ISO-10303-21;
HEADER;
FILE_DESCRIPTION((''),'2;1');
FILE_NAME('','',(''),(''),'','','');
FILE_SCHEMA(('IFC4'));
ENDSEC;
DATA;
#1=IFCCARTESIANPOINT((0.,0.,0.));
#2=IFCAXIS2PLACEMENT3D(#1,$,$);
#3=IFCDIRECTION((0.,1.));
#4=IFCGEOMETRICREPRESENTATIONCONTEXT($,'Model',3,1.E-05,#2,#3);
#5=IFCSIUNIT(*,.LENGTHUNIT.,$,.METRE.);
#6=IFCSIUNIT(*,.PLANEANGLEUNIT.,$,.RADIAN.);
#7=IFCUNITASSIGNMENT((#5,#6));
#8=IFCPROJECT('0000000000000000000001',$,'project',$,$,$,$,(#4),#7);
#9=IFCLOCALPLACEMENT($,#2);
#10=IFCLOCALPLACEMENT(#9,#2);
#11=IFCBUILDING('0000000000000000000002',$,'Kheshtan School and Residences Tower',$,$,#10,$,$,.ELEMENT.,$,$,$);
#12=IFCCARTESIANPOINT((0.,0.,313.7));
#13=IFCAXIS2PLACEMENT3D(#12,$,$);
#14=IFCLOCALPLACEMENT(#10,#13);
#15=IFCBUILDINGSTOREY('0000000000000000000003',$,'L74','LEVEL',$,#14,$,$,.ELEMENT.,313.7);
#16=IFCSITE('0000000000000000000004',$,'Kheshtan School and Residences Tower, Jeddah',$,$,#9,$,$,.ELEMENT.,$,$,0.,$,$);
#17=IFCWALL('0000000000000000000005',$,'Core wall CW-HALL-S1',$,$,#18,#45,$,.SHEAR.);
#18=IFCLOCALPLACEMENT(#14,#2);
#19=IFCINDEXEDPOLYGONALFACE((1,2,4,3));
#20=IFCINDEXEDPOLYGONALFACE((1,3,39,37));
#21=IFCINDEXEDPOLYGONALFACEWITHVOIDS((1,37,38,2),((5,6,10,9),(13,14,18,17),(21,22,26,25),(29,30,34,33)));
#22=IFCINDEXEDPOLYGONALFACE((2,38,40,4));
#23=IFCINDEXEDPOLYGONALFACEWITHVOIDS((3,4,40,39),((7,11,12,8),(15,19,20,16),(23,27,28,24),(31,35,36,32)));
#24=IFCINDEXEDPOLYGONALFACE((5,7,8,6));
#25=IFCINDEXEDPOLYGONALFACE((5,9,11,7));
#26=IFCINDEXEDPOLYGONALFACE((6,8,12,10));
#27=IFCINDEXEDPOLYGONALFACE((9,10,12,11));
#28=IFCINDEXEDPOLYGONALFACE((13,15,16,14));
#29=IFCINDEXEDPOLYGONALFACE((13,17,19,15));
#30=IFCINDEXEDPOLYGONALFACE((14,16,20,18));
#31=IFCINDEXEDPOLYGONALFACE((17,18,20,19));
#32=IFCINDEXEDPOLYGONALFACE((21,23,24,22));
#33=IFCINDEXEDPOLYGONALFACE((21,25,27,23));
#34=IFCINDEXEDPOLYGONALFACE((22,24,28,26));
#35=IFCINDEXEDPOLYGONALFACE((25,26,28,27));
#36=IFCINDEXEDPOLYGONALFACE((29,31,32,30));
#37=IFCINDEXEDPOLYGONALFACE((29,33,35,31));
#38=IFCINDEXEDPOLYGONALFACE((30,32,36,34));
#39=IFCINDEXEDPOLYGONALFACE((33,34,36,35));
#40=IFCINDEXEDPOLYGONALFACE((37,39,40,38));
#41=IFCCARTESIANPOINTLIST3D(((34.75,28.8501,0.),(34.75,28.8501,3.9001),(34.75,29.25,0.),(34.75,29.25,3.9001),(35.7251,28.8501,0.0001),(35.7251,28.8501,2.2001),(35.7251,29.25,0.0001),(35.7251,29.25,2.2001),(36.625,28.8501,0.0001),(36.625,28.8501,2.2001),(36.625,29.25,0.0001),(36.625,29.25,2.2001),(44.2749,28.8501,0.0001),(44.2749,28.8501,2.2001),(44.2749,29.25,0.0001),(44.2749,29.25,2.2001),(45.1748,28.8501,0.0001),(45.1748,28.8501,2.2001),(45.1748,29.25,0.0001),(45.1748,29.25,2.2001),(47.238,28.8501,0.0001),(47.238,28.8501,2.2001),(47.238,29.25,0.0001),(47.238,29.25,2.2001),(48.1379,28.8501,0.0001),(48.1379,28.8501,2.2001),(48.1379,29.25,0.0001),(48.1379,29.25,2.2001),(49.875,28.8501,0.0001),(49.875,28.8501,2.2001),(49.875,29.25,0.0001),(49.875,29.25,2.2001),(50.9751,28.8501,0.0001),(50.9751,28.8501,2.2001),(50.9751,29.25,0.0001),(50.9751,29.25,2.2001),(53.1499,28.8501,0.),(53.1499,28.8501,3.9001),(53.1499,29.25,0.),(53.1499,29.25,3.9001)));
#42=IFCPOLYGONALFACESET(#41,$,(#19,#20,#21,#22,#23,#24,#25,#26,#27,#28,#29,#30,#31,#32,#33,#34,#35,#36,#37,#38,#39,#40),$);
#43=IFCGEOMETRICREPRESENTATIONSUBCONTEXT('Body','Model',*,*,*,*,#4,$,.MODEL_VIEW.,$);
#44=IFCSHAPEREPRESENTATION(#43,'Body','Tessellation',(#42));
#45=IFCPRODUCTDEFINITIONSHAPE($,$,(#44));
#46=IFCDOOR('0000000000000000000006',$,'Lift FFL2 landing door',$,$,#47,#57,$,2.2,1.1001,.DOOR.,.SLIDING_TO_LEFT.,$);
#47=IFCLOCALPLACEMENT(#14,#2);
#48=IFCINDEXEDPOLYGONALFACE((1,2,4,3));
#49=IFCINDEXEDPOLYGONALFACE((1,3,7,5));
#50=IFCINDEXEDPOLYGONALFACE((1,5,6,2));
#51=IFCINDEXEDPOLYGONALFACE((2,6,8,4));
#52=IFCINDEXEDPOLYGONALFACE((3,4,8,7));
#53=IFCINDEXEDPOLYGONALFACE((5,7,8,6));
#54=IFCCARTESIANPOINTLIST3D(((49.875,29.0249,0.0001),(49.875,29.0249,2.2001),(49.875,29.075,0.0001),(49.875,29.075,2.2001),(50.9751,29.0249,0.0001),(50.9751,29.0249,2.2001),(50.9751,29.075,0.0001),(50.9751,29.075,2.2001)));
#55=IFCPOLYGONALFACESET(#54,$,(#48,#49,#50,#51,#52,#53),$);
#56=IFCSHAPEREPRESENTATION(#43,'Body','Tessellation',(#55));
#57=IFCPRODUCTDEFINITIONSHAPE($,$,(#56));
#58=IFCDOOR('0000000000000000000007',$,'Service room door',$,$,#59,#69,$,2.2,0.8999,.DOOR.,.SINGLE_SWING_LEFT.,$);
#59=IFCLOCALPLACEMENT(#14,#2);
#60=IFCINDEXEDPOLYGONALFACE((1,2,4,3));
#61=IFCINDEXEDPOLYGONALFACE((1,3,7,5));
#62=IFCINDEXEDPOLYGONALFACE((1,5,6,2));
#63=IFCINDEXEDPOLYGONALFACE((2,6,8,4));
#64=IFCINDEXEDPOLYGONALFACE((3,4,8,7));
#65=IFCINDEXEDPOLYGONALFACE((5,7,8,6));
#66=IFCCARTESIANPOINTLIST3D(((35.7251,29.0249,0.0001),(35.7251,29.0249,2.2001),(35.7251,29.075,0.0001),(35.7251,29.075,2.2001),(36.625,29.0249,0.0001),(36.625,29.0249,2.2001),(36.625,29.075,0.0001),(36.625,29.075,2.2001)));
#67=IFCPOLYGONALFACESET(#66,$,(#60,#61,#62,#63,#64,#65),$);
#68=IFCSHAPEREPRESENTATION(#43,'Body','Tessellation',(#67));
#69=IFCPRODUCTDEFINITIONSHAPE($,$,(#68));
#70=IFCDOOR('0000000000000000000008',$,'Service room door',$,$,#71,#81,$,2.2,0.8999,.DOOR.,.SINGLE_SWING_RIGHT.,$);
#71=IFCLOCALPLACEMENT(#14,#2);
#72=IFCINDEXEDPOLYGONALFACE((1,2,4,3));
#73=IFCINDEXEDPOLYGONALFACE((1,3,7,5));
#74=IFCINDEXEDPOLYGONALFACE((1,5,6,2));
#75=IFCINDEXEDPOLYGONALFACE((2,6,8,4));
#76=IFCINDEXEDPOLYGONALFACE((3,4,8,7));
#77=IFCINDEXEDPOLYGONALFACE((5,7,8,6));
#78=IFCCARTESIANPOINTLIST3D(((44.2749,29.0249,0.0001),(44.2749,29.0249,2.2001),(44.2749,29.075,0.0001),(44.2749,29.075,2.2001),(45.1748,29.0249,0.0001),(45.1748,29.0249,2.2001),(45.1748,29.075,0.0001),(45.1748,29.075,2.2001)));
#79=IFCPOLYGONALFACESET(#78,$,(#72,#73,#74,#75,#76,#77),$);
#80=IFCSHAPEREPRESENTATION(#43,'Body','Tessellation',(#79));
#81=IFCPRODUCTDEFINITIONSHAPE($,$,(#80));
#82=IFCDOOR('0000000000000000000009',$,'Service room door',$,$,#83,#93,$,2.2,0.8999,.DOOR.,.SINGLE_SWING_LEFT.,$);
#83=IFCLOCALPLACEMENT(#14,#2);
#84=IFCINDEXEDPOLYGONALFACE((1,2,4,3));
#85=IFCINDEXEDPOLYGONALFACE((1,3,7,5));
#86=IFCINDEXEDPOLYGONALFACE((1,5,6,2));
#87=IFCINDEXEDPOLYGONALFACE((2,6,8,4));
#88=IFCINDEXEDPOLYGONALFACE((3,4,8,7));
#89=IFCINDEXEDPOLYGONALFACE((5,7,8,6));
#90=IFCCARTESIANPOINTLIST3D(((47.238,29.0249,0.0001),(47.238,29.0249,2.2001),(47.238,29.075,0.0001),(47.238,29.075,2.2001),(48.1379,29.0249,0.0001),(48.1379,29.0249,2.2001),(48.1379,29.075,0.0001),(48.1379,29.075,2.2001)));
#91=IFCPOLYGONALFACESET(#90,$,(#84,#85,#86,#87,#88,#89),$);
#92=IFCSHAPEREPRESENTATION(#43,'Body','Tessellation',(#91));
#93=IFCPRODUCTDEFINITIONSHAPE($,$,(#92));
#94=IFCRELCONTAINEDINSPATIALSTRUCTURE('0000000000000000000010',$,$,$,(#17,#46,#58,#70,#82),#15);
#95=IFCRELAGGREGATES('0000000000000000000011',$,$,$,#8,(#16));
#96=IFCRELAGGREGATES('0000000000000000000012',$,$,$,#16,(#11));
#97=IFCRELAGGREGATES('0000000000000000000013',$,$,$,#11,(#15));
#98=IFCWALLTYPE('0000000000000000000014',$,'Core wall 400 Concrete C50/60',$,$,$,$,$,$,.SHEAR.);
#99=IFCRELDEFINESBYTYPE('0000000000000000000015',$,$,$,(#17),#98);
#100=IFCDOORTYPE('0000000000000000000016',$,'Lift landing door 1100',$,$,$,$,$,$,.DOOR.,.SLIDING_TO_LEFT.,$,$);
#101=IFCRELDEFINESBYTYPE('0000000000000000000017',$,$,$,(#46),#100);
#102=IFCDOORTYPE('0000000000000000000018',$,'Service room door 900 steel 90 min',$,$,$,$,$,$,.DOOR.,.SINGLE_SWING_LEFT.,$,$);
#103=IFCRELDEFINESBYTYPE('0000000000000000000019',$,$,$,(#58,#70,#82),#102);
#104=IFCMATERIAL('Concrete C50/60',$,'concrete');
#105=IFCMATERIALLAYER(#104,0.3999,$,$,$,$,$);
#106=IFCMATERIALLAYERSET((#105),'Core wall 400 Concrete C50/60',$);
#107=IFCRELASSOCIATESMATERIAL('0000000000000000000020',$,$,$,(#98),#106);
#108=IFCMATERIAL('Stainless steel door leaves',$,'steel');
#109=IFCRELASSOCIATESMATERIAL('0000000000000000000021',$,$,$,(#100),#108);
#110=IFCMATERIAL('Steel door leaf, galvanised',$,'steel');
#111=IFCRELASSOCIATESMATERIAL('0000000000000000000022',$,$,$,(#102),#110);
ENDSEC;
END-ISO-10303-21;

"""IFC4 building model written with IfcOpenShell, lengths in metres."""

from ifc_helpers import new_model, si_unit, direction, frame, frame_2d, origin, place, context, subcontext, project, spatial, rectangle, extrude, source, transform, mapped, material, layer, layer_set, type_object, element, fill, save


model = new_model("IFC4")

# Units and contexts
model_context = context("Model", 3, precision=1e-05, world=origin(), true_north=direction((0.0, 1.0)))
body_context = subcontext(model_context, "Body", "Model", "MODEL_VIEW")
ifc_project = project(units=[si_unit("LENGTHUNIT", "METRE"), si_unit("PLANEANGLEUNIT", "RADIAN")], contexts=[model_context])

# Site, building, storey
site_placement = place(None, origin())
site = spatial("IfcSite", under=ifc_project, at=site_placement, Name="Kheshtan School and Residences Tower, Jeddah", CompositionType="ELEMENT", RefElevation=0.0)
building_placement = place(site_placement, origin())
building = spatial("IfcBuilding", under=site, at=building_placement, Name="Kheshtan School and Residences Tower", CompositionType="ELEMENT")
storey_placement = place(building_placement, frame((0.0, 0.0, 313.7)))
storey = spatial("IfcBuildingStorey", under=building, at=storey_placement, Name="L74", Description="LEVEL", CompositionType="ELEMENT", Elevation=313.7)

# Wall, openings, doors
ifc_material_1 = material(Name="Concrete C50/60", Category="concrete")
ifc_layer_1 = layer(ifc_material_1, 0.3999)
ifc_layer_set_1 = layer_set([ifc_layer_1], Name="Core wall 400 Concrete C50/60")
wall_type_1 = type_object("IfcWallType", Name="Core wall 400 Concrete C50/60", PredefinedType="SHEAR", material=ifc_layer_set_1)
wall_1_placement = place(storey_placement, frame((34.75, 29.05, 0.0), z_axis=(0.0, 0.0, 1.0), x_axis=(1.0, 0.0, 0.0)))
wall_1 = element("IfcWall", 1, at=wall_1_placement, inside=storey, type_object=wall_type_1, Name="Core wall CW-HALL-S1", PredefinedType="SHEAR", context=body_context, shape_type="SweptSolid", body=[
    extrude(rectangle(XDim=18.3999, YDim=0.3999, at=frame_2d((9.2, 0.0))), origin(), (0.0, 0.0, 1.0), 3.9001),
])
opening_1_placement = place(wall_1_placement, frame((15.125, 0.0, 0.0)))
opening_1 = element("IfcOpeningElement", 2, at=opening_1_placement, cuts=wall_1, PredefinedType="OPENING", context=body_context, shape_type="SweptSolid", body=[
    extrude(rectangle(XDim=1.1001, YDim=2.2, at=frame_2d((0.55, 1.1001))), frame((0.0, 0.21, 0.0), z_axis=(0.0, -1.0, 0.0), x_axis=(1.0, 0.0, 0.0)), (0.0, 0.0, 1.0), 0.4199),
])
opening_2_placement = place(wall_1_placement, frame((0.9751, 0.0, 0.0)))
opening_2 = element("IfcOpeningElement", 3, at=opening_2_placement, cuts=wall_1, PredefinedType="OPENING", context=body_context, shape_type="SweptSolid", body=[
    extrude(rectangle(XDim=0.8999, YDim=2.2, at=frame_2d((0.45, 1.1001))), frame((0.0, 0.21, 0.0), z_axis=(0.0, -1.0, 0.0), x_axis=(1.0, 0.0, 0.0)), (0.0, 0.0, 1.0), 0.4199),
])
opening_3_placement = place(wall_1_placement, frame((9.5249, 0.0, 0.0)))
opening_3 = element("IfcOpeningElement", 4, at=opening_3_placement, cuts=wall_1, PredefinedType="OPENING", context=body_context, shape_type="SweptSolid", body=[
    extrude(rectangle(XDim=0.8999, YDim=2.2, at=frame_2d((0.45, 1.1001))), frame((0.0, 0.21, 0.0), z_axis=(0.0, -1.0, 0.0), x_axis=(1.0, 0.0, 0.0)), (0.0, 0.0, 1.0), 0.4199),
])
opening_4_placement = place(wall_1_placement, frame((12.488, 0.0, 0.0)))
opening_4 = element("IfcOpeningElement", 5, at=opening_4_placement, cuts=wall_1, PredefinedType="OPENING", context=body_context, shape_type="SweptSolid", body=[
    extrude(rectangle(XDim=0.8999, YDim=2.2, at=frame_2d((0.45, 1.1001))), frame((0.0, 0.21, 0.0), z_axis=(0.0, -1.0, 0.0), x_axis=(1.0, 0.0, 0.0)), (0.0, 0.0, 1.0), 0.4199),
])
ifc_material_2 = material(Name="Stainless steel door leaves", Category="steel")
door_type_1 = type_object("IfcDoorType", Name="Lift landing door 1100", OperationType="SLIDING_TO_LEFT", PredefinedType="DOOR", material=ifc_material_2)
shared_shape_1 = source(origin(), body_context, "Body", "SweptSolid", [
    extrude(rectangle(XDim=1.1001, YDim=2.2, at=frame_2d((0.55, 1.1001))), frame((0.0, 0.0249, 0.0), z_axis=(0.0, -1.0, 0.0), x_axis=(1.0, 0.0, 0.0)), (0.0, 0.0, 1.0), 0.05),
])
door_1_placement = place(opening_1_placement, origin())
door_1 = element("IfcDoor", 6, at=door_1_placement, inside=storey, type_object=door_type_1, Name="Lift FFL2 landing door", OperationType="SLIDING_TO_LEFT", OverallHeight=2.2, OverallWidth=1.1001, PredefinedType="DOOR", context=body_context, shape_type="MappedRepresentation", body=[
    mapped(shared_shape_1, transform((0.0, 0.0, 0.0), x_axis=(1.0, 0.0, 0.0), y_axis=(0.0, 1.0, 0.0), z_axis=(0.0, 0.0, 1.0), scale=1.0)),
])
fill(opening_1, door_1)
ifc_material_3 = material(Name="Steel door leaf, galvanised", Category="steel")
door_type_2 = type_object("IfcDoorType", Name="Service room door 900 steel 90 min", OperationType="SINGLE_SWING_LEFT", PredefinedType="DOOR", material=ifc_material_3)
shared_shape_2 = source(origin(), body_context, "Body", "SweptSolid", [
    extrude(rectangle(XDim=0.8999, YDim=2.2, at=frame_2d((0.45, 1.1001))), frame((0.0, 0.0249, 0.0), z_axis=(0.0, -1.0, 0.0), x_axis=(1.0, 0.0, 0.0)), (0.0, 0.0, 1.0), 0.05),
])
door_2_placement = place(opening_2_placement, origin())
door_2 = element("IfcDoor", 7, at=door_2_placement, inside=storey, type_object=door_type_2, Name="Service room door", OperationType="SINGLE_SWING_LEFT", OverallHeight=2.2, OverallWidth=0.8999, PredefinedType="DOOR", context=body_context, shape_type="MappedRepresentation", body=[
    mapped(shared_shape_2, transform((0.0, 0.0, 0.0), x_axis=(1.0, 0.0, 0.0), y_axis=(0.0, 1.0, 0.0), z_axis=(0.0, 0.0, 1.0), scale=1.0)),
])
fill(opening_2, door_2)
door_3_placement = place(opening_3_placement, origin())
door_3 = element("IfcDoor", 8, at=door_3_placement, inside=storey, type_object=door_type_2, Name="Service room door", OperationType="SINGLE_SWING_RIGHT", OverallHeight=2.2, OverallWidth=0.8999, PredefinedType="DOOR", context=body_context, shape_type="MappedRepresentation", body=[
    mapped(shared_shape_2, transform((0.0, 0.0, 0.0), x_axis=(1.0, 0.0, 0.0), y_axis=(0.0, 1.0, 0.0), z_axis=(0.0, 0.0, 1.0), scale=1.0)),
])
fill(opening_3, door_3)
door_4_placement = place(opening_4_placement, origin())
door_4 = element("IfcDoor", 9, at=door_4_placement, inside=storey, type_object=door_type_2, Name="Service room door", OperationType="SINGLE_SWING_LEFT", OverallHeight=2.2, OverallWidth=0.8999, PredefinedType="DOOR", context=body_context, shape_type="MappedRepresentation", body=[
    mapped(shared_shape_2, transform((0.0, 0.0, 0.0), x_axis=(1.0, 0.0, 0.0), y_axis=(0.0, 1.0, 0.0), z_axis=(0.0, 0.0, 1.0), scale=1.0)),
])
fill(opening_4, door_4)

save(model, "model.ifc")
